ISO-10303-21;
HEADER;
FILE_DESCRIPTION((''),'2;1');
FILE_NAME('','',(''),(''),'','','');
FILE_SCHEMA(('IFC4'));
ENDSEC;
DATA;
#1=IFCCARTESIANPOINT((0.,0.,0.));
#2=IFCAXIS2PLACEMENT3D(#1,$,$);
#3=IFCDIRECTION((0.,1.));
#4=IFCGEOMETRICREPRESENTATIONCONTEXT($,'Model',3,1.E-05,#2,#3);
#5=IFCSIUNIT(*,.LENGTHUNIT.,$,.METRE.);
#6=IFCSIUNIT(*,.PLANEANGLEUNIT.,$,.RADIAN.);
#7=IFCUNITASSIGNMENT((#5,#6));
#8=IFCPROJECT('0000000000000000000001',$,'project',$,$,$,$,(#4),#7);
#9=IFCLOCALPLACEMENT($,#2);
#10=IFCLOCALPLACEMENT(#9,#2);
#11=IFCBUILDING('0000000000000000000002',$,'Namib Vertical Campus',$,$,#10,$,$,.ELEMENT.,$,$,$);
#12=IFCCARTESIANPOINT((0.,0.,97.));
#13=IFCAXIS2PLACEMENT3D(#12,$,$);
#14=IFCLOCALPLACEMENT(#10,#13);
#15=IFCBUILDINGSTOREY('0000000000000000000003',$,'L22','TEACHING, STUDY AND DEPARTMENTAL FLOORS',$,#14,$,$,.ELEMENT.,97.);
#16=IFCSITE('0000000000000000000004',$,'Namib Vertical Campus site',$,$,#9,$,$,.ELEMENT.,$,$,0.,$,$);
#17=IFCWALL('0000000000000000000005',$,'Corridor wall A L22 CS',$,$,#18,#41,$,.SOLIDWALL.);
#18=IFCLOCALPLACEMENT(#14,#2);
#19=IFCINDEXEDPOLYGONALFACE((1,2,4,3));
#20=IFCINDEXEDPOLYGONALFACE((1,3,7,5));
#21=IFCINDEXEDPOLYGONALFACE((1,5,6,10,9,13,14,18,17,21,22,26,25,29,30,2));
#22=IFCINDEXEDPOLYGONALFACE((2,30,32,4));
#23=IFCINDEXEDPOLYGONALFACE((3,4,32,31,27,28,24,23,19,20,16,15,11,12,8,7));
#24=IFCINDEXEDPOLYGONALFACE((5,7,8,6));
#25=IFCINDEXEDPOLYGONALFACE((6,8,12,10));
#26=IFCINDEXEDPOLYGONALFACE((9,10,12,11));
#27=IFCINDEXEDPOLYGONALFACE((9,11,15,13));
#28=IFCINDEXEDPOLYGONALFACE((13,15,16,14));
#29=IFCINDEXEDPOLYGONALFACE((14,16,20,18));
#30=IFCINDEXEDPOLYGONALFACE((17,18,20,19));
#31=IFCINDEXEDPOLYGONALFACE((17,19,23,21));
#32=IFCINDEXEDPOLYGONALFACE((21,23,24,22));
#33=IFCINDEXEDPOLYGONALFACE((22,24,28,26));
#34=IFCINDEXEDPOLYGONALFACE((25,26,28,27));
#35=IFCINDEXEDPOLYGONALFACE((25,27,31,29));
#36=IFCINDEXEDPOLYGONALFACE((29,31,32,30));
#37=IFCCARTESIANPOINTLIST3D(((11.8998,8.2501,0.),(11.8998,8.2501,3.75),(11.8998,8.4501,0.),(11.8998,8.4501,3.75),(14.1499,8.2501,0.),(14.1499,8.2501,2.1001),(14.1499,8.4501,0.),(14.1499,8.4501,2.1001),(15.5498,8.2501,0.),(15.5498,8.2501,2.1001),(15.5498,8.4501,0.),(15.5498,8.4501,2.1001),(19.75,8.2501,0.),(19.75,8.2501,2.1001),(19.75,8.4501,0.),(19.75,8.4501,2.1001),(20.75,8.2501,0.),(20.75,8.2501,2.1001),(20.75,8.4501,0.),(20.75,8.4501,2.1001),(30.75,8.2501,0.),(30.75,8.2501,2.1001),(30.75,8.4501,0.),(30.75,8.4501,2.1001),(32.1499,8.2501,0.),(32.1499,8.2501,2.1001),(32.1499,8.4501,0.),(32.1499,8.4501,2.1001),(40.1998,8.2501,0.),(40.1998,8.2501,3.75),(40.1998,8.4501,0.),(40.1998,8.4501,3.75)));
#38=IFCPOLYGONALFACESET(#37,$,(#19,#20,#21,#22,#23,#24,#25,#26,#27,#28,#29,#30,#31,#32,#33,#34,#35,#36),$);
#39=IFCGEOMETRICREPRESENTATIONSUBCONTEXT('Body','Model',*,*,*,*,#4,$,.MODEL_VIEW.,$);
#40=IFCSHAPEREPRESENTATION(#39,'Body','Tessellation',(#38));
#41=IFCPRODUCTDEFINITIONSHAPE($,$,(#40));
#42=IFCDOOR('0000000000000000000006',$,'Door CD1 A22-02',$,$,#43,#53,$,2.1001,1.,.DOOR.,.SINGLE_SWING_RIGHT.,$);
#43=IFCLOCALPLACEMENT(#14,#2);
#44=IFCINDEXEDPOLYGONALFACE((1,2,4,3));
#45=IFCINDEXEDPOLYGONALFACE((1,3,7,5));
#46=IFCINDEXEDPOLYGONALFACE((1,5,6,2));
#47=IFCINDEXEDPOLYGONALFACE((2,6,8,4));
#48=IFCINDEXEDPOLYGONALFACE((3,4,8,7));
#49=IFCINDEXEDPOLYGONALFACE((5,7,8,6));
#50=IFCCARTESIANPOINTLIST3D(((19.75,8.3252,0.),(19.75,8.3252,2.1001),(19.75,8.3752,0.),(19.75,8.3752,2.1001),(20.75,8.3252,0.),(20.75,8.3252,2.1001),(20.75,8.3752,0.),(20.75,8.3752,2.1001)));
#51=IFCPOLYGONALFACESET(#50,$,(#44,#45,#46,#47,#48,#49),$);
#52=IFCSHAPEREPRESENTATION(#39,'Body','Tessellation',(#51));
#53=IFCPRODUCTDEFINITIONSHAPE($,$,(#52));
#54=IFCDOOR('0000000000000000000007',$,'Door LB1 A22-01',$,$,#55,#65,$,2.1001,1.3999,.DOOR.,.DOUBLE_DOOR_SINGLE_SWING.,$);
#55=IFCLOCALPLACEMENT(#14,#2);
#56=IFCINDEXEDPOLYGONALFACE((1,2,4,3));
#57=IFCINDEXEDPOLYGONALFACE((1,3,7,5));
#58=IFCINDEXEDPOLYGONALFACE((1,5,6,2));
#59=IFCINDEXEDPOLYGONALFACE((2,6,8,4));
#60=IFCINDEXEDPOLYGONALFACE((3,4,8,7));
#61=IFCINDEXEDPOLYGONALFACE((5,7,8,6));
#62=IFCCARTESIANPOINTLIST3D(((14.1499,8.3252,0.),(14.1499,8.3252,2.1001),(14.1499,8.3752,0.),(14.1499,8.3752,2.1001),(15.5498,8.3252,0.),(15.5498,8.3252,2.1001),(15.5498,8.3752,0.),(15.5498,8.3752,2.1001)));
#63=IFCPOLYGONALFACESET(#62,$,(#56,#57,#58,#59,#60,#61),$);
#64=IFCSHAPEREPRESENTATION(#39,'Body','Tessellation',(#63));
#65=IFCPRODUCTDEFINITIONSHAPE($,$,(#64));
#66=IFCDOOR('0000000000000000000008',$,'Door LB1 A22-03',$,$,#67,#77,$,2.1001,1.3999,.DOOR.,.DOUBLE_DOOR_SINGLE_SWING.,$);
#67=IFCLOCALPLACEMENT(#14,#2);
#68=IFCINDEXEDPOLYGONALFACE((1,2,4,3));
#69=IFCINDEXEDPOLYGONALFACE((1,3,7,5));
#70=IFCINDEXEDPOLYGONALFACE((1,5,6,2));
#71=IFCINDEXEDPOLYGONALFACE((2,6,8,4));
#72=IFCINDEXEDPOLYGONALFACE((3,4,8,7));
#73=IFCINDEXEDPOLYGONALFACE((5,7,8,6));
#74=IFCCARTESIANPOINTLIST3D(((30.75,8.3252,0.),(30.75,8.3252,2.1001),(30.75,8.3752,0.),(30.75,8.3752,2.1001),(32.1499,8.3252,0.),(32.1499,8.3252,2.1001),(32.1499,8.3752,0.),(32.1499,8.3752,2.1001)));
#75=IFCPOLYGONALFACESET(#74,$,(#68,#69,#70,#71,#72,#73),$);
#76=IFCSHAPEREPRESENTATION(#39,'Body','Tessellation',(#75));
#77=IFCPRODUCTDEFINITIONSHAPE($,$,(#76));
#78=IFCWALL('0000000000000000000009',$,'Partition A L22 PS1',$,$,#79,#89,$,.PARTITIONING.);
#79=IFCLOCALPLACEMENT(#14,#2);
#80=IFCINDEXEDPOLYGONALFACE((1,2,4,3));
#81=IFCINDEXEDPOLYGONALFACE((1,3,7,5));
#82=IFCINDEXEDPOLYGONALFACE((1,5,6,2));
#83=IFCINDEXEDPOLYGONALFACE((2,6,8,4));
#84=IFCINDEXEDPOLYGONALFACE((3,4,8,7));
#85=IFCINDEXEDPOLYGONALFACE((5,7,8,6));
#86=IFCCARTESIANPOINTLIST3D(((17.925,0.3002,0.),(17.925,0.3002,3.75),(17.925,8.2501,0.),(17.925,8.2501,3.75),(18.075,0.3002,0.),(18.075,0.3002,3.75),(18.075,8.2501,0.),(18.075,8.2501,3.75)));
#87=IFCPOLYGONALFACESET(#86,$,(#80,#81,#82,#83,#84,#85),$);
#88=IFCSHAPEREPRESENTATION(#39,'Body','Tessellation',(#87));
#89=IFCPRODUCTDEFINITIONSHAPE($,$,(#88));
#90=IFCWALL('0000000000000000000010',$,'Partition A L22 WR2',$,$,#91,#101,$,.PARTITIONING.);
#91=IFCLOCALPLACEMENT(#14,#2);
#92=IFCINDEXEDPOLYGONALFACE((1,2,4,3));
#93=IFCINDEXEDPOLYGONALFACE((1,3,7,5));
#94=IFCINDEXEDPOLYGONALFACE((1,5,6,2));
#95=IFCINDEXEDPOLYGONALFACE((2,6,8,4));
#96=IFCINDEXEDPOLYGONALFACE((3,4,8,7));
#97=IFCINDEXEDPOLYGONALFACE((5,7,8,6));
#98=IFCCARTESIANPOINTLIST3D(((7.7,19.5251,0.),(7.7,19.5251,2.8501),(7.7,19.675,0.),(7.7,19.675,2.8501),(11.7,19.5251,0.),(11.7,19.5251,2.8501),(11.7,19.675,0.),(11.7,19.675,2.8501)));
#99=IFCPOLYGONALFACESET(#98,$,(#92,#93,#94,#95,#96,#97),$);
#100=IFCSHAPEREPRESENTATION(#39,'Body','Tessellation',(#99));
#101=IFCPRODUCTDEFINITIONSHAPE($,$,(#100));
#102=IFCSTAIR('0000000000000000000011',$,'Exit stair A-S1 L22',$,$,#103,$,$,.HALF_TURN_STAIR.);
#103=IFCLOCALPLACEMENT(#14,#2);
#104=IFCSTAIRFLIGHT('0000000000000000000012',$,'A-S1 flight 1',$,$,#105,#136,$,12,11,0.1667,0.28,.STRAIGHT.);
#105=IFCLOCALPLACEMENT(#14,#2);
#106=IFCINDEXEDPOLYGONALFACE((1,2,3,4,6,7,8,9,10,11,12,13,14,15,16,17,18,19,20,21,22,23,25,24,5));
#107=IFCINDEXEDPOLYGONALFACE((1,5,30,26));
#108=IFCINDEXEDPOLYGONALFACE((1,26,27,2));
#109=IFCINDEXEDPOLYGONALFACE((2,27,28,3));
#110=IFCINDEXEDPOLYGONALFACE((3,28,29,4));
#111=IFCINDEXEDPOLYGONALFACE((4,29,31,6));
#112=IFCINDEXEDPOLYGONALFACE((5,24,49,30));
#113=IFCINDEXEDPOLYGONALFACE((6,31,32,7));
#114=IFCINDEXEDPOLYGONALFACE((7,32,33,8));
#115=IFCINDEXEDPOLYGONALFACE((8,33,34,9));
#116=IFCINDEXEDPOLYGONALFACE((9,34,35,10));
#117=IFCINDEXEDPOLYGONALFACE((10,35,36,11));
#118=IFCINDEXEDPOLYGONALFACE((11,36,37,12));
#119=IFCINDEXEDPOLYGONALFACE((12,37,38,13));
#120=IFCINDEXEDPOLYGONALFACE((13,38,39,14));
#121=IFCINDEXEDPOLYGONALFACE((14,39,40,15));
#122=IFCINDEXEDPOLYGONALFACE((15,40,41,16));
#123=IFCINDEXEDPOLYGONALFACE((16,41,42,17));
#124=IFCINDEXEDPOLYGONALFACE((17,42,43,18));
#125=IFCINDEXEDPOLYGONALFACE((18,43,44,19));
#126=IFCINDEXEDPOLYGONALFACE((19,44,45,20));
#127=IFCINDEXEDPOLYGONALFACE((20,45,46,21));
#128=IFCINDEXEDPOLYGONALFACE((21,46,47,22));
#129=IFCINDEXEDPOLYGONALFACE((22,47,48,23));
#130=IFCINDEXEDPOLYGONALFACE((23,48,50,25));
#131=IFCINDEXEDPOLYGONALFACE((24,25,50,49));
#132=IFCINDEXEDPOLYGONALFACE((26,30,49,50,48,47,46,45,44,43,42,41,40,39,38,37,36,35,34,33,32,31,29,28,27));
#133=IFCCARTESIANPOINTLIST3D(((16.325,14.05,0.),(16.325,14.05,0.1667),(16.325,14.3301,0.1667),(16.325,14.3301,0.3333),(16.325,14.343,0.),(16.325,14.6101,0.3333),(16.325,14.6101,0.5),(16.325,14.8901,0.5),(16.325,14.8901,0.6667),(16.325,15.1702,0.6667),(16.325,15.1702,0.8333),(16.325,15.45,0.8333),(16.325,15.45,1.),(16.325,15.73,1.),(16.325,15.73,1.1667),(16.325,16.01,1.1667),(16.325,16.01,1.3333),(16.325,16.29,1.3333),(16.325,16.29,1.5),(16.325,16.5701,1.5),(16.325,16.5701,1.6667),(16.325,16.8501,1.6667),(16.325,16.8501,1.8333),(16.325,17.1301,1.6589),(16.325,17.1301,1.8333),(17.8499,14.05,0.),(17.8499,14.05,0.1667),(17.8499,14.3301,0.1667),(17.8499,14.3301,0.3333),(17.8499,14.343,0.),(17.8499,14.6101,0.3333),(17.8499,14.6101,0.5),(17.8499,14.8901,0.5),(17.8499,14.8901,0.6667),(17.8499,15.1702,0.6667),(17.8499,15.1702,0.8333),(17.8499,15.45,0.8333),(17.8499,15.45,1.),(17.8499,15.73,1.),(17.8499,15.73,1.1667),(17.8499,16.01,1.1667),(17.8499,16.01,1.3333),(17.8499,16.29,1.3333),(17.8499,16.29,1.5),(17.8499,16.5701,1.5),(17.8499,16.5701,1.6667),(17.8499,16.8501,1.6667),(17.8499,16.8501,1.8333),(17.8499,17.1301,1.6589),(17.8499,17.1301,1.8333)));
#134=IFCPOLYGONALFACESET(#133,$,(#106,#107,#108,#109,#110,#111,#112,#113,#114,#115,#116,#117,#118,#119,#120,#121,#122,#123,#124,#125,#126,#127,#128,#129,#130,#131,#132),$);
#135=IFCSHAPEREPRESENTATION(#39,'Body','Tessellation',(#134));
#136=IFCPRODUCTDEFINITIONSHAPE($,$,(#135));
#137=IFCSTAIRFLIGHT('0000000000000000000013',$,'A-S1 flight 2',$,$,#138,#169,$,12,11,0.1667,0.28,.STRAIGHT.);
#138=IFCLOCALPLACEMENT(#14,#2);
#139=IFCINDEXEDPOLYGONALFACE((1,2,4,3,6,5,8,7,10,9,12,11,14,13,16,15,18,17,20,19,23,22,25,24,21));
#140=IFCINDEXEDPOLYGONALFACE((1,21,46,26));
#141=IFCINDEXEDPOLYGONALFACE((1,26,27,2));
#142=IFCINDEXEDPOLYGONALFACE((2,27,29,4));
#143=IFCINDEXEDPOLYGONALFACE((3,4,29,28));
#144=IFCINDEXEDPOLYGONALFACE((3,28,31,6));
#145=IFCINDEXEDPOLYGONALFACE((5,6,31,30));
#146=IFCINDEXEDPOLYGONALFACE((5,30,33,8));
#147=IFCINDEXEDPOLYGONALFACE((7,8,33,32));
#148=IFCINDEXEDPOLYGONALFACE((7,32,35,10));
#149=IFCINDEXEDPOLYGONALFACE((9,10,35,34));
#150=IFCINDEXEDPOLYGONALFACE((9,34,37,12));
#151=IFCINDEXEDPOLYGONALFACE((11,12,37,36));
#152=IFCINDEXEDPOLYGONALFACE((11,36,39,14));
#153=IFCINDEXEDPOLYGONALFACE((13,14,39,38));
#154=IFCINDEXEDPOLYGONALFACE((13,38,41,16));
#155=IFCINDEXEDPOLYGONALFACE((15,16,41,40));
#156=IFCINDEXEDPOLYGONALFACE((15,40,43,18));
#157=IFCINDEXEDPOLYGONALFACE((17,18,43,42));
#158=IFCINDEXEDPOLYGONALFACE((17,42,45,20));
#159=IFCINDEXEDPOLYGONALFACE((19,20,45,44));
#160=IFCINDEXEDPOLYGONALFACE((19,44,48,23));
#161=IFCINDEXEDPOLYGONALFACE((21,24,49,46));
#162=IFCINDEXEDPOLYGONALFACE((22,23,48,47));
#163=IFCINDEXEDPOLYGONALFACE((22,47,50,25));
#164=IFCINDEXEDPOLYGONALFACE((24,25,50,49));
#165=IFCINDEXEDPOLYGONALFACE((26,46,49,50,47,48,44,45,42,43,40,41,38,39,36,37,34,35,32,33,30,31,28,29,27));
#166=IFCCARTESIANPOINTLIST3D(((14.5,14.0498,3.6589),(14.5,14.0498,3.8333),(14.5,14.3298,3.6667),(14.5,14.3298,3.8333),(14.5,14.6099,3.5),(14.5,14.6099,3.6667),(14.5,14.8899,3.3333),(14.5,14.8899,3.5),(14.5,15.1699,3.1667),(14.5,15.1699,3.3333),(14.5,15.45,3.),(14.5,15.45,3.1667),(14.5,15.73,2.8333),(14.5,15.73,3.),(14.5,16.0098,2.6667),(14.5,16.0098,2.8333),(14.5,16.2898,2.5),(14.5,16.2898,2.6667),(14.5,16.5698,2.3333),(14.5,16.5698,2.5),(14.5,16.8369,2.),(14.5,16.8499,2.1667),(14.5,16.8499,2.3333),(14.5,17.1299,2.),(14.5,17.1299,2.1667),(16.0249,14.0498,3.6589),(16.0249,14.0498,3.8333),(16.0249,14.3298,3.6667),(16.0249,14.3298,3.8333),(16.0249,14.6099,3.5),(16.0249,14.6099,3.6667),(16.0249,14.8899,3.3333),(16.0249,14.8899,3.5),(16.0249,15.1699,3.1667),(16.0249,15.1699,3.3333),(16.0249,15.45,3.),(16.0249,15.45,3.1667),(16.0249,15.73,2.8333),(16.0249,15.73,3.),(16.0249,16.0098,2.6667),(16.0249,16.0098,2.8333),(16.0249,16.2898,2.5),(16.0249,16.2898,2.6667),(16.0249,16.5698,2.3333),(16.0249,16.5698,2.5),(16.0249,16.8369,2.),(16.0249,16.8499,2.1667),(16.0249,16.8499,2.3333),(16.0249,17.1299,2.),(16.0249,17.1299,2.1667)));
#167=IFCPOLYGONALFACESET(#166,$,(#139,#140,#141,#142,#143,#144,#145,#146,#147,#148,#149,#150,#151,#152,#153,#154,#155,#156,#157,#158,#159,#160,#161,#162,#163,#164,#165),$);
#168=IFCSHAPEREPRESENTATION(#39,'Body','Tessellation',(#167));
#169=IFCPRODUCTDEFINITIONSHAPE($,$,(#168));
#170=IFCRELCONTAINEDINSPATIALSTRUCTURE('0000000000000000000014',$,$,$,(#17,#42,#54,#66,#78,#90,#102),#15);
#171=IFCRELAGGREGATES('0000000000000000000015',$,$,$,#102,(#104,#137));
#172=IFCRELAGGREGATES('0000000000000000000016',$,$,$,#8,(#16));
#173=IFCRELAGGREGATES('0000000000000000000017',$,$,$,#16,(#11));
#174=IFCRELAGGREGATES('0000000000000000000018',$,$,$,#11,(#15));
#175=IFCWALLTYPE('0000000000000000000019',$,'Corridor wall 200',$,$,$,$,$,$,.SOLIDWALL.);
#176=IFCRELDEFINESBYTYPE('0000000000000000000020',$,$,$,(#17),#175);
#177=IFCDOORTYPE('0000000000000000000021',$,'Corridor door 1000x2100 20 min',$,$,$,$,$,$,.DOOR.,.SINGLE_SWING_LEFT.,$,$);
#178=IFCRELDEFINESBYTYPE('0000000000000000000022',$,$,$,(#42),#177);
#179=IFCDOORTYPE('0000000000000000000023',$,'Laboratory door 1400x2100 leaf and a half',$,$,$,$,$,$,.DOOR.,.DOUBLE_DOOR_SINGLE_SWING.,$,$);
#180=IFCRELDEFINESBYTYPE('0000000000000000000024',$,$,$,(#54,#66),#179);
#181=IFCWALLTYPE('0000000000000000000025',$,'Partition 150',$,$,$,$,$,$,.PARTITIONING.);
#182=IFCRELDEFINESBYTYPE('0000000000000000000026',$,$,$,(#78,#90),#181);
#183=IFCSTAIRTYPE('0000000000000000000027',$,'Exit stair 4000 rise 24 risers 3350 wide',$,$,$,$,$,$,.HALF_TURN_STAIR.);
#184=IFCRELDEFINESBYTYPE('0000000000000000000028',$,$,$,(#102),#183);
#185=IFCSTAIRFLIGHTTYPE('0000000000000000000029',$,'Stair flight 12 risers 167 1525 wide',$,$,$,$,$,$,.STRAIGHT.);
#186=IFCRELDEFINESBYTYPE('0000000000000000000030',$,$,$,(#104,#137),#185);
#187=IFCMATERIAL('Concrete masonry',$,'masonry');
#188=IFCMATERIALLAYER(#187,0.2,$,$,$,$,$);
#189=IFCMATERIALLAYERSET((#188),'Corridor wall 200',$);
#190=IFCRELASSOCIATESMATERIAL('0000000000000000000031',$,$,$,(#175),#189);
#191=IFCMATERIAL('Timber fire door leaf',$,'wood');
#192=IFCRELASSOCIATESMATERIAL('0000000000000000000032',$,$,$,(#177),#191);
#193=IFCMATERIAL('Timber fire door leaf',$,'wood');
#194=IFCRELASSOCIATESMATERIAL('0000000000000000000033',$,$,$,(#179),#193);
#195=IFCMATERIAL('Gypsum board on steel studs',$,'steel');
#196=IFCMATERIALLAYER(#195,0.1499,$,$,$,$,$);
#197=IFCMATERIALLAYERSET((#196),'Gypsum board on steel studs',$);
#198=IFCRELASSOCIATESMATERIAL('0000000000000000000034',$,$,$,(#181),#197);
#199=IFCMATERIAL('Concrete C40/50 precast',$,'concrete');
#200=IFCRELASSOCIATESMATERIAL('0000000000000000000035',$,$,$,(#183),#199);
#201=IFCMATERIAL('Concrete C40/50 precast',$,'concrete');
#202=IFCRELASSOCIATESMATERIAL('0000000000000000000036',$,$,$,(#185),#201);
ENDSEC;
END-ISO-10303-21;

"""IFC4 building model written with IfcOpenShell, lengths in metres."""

from ifc_helpers import new_model, si_unit, direction, frame, frame_2d, origin, place, context, subcontext, project, spatial, polyline, rectangle, outline, extrude, material, layer, layer_set, type_object, element, fill, aggregate, save


model = new_model("IFC4")

# Units and contexts
model_context = context("Model", 3, precision=1e-05, world=origin(), true_north=direction((0.0, 1.0)))
body_context = subcontext(model_context, "Body", "Model", "MODEL_VIEW")
ifc_project = project(units=[si_unit("LENGTHUNIT", "METRE"), si_unit("PLANEANGLEUNIT", "RADIAN")], contexts=[model_context])

# Site, building, storey
site_placement = place(None, origin())
site = spatial("IfcSite", under=ifc_project, at=site_placement, Name="Namib Vertical Campus site", CompositionType="ELEMENT", RefElevation=0.0)
building_placement = place(site_placement, origin())
building = spatial("IfcBuilding", under=site, at=building_placement, Name="Namib Vertical Campus", CompositionType="ELEMENT")
storey_placement = place(building_placement, frame((0.0, 0.0, 97.0)))
storey = spatial("IfcBuildingStorey", under=building, at=storey_placement, Name="L22", Description="TEACHING, STUDY AND DEPARTMENTAL FLOORS", CompositionType="ELEMENT", Elevation=97.0)

# Wall, openings, doors
ifc_material_1 = material(Name="Concrete masonry", Category="masonry")
ifc_layer_1 = layer(ifc_material_1, 0.2)
ifc_layer_set_1 = layer_set([ifc_layer_1], Name="Corridor wall 200")
wall_type_1 = type_object("IfcWallType", Name="Corridor wall 200", PredefinedType="SOLIDWALL", material=ifc_layer_set_1)
wall_1_placement = place(storey_placement, frame((11.8999, 8.3501, 0.0), z_axis=(0.0, 0.0, 1.0), x_axis=(1.0, 0.0, 0.0)))
wall_1 = element("IfcWall", 1, at=wall_1_placement, inside=storey, type_object=wall_type_1, Name="Corridor wall A L22 CS", PredefinedType="SOLIDWALL", context=body_context, shape_type="SweptSolid", body=[
    extrude(rectangle(XDim=28.3, YDim=0.2, at=frame_2d((14.1499, 0.0))), origin(), (0.0, 0.0, 1.0), 3.75),
])
opening_1_placement = place(wall_1_placement, frame((2.25, 0.0, 0.0)))
opening_1 = element("IfcOpeningElement", 2, at=opening_1_placement, cuts=wall_1, PredefinedType="OPENING", context=body_context, shape_type="SweptSolid", body=[
    extrude(rectangle(XDim=1.3999, YDim=2.1001, at=frame_2d((0.7, 1.05))), frame((0.0, 0.1099, 0.0), z_axis=(0.0, -1.0, 0.0), x_axis=(1.0, 0.0, 0.0)), (0.0, 0.0, 1.0), 0.22),
])
opening_2_placement = place(wall_1_placement, frame((7.8501, 0.0, 0.0)))
opening_2 = element("IfcOpeningElement", 3, at=opening_2_placement, cuts=wall_1, PredefinedType="OPENING", context=body_context, shape_type="SweptSolid", body=[
    extrude(rectangle(XDim=1.0, YDim=2.1001, at=frame_2d((0.5, 1.05))), frame((0.0, 0.1099, 0.0), z_axis=(0.0, -1.0, 0.0), x_axis=(1.0, 0.0, 0.0)), (0.0, 0.0, 1.0), 0.22),
])
opening_3_placement = place(wall_1_placement, frame((18.8501, 0.0, 0.0)))
opening_3 = element("IfcOpeningElement", 4, at=opening_3_placement, cuts=wall_1, PredefinedType="OPENING", context=body_context, shape_type="SweptSolid", body=[
    extrude(rectangle(XDim=1.3999, YDim=2.1001, at=frame_2d((0.7, 1.05))), frame((0.0, 0.1099, 0.0), z_axis=(0.0, -1.0, 0.0), x_axis=(1.0, 0.0, 0.0)), (0.0, 0.0, 1.0), 0.22),
])
ifc_material_2 = material(Name="Timber fire door leaf", Category="wood")
door_type_1 = type_object("IfcDoorType", Name="Corridor door 1000x2100 20 min", OperationType="SINGLE_SWING_LEFT", PredefinedType="DOOR", material=ifc_material_2)
door_1_placement = place(opening_2_placement, frame((1.0, 0.0, 0.0), z_axis=(0.0, 0.0, 1.0), x_axis=(-1.0, 0.0, 0.0)))
door_1 = element("IfcDoor", 5, at=door_1_placement, inside=storey, type_object=door_type_1, Name="Door CD1 A22-02", OperationType="SINGLE_SWING_RIGHT", OverallHeight=2.1001, OverallWidth=1.0, PredefinedType="DOOR", context=body_context, shape_type="SweptSolid", body=[
    extrude(rectangle(XDim=1.0, YDim=2.1001, at=frame_2d((0.5, 1.05))), frame((0.0, 0.0249, 0.0), z_axis=(0.0, -1.0, 0.0), x_axis=(1.0, 0.0, 0.0)), (0.0, 0.0, 1.0), 0.05),
])
fill(opening_2, door_1)
ifc_material_3 = material(Name="Timber fire door leaf", Category="wood")
door_type_2 = type_object("IfcDoorType", Name="Laboratory door 1400x2100 leaf and a half", OperationType="DOUBLE_DOOR_SINGLE_SWING", PredefinedType="DOOR", material=ifc_material_3)
door_2_placement = place(opening_1_placement, frame((1.3999, 0.0, 0.0), z_axis=(0.0, 0.0, 1.0), x_axis=(-1.0, 0.0, 0.0)))
door_2 = element("IfcDoor", 6, at=door_2_placement, inside=storey, type_object=door_type_2, Name="Door LB1 A22-01", OperationType="DOUBLE_DOOR_SINGLE_SWING", OverallHeight=2.1001, OverallWidth=1.3999, PredefinedType="DOOR", context=body_context, shape_type="SweptSolid", body=[
    extrude(rectangle(XDim=1.3999, YDim=2.1001, at=frame_2d((0.7, 1.05))), frame((0.0, 0.0249, 0.0), z_axis=(0.0, -1.0, 0.0), x_axis=(1.0, 0.0, 0.0)), (0.0, 0.0, 1.0), 0.05),
])
fill(opening_1, door_2)
door_3_placement = place(opening_3_placement, frame((1.3999, 0.0, 0.0), z_axis=(0.0, 0.0, 1.0), x_axis=(-1.0, 0.0, 0.0)))
door_3 = element("IfcDoor", 7, at=door_3_placement, inside=storey, type_object=door_type_2, Name="Door LB1 A22-03", OperationType="DOUBLE_DOOR_SINGLE_SWING", OverallHeight=2.1001, OverallWidth=1.3999, PredefinedType="DOOR", context=body_context, shape_type="SweptSolid", body=[
    extrude(rectangle(XDim=1.3999, YDim=2.1001, at=frame_2d((0.7, 1.05))), frame((0.0, 0.0249, 0.0), z_axis=(0.0, -1.0, 0.0), x_axis=(1.0, 0.0, 0.0)), (0.0, 0.0, 1.0), 0.05),
])
fill(opening_3, door_3)

# Walls
ifc_material_4 = material(Name="Gypsum board on steel studs", Category="steel")
ifc_layer_2 = layer(ifc_material_4, 0.1499)
ifc_layer_set_2 = layer_set([ifc_layer_2], Name="Gypsum board on steel studs")
wall_type_2 = type_object("IfcWallType", Name="Partition 150", PredefinedType="PARTITIONING", material=ifc_layer_set_2)
wall_2_placement = place(storey_placement, frame((18.0, 0.3, 0.0), z_axis=(0.0, 0.0, 1.0), x_axis=(0.0, 1.0, 0.0)))
element("IfcWall", 8, at=wall_2_placement, inside=storey, type_object=wall_type_2, Name="Partition A L22 PS1", PredefinedType="PARTITIONING", context=body_context, shape_type="SweptSolid", body=[
    extrude(rectangle(XDim=7.95, YDim=0.1499, at=frame_2d((3.9751, 0.0))), origin(), (0.0, 0.0, 1.0), 3.75),
])
wall_3_placement = place(storey_placement, frame((11.7, 19.6001, 0.0), z_axis=(0.0, 0.0, 1.0), x_axis=(-1.0, 0.0, 0.0)))
element("IfcWall", 9, at=wall_3_placement, inside=storey, type_object=wall_type_2, Name="Partition A L22 WR2", PredefinedType="PARTITIONING", context=body_context, shape_type="SweptSolid", body=[
    extrude(rectangle(XDim=4.0, YDim=0.1499, at=frame_2d((2.0, 0.0))), origin(), (0.0, 0.0, 1.0), 2.8501),
])

# Stair, stair flights
ifc_material_5 = material(Name="Concrete C40/50 precast", Category="concrete")
stair_type = type_object("IfcStairType", Name="Exit stair 4000 rise 24 risers 3350 wide", PredefinedType="HALF_TURN_STAIR", material=ifc_material_5)
stair_placement = place(storey_placement, origin())
stair = element("IfcStair", 10, at=stair_placement, inside=storey, type_object=stair_type, Name="Exit stair A-S1 L22", PredefinedType="HALF_TURN_STAIR")
ifc_material_6 = material(Name="Concrete C40/50 precast", Category="concrete")
stair_flight_type = type_object("IfcStairFlightType", Name="Stair flight 12 risers 167 1525 wide", PredefinedType="STRAIGHT", material=ifc_material_6)
stair_flight_1_placement = place(storey_placement, frame((17.0874, 14.05, 0.0), z_axis=(0.0, 0.0, 1.0), x_axis=(0.0, 1.0, 0.0)))
stair_flight_1 = element("IfcStairFlight", 11, at=stair_flight_1_placement, type_object=stair_flight_type, Name="A-S1 flight 1", NumberOfRisers=12, NumberOfTreads=11, PredefinedType="STRAIGHT", RiserHeight=0.1667, TreadLength=0.28, context=body_context, shape_type="SweptSolid", body=[
    extrude(outline(polyline([(0.0, 0.0), (0.0, 0.1667), (0.28, 0.1667), (0.28, 0.3333), (0.5601, 0.3333), (0.5601, 0.5), (0.8401, 0.5), (0.8401, 0.6667), (1.1201, 0.6667), (1.1201, 0.8333), (1.3999, 0.8333), (1.3999, 1.0), (1.6799, 1.0), (1.6799, 1.1667), (1.96, 1.1667), (1.96, 1.3333), (2.24, 1.3333), (2.24, 1.5), (2.52, 1.5), (2.52, 1.6667), (2.8, 1.6667), (2.8, 1.8333), (3.0801, 1.8333), (3.0801, 2.0), (3.0801, 1.6589), (0.293, 0.0), (0.0, 0.0)])), frame((0.0, 0.7625, 0.0), z_axis=(0.0, -1.0, 0.0), x_axis=(1.0, 0.0, 0.0)), (0.0, 0.0, 1.0), 1.5249),
])
stair_flight_2_placement = place(storey_placement, frame((15.2625, 17.1299, 2.0), z_axis=(0.0, 0.0, 1.0), x_axis=(0.0, -1.0, 0.0)))
stair_flight_2 = element("IfcStairFlight", 12, at=stair_flight_2_placement, type_object=stair_flight_type, Name="A-S1 flight 2", NumberOfRisers=12, NumberOfTreads=11, PredefinedType="STRAIGHT", RiserHeight=0.1667, TreadLength=0.28, context=body_context, shape_type="SweptSolid", body=[
    extrude(outline(polyline([(0.0, 0.0), (0.0, 0.1667), (0.28, 0.1667), (0.28, 0.3333), (0.5601, 0.3333), (0.5601, 0.5), (0.8401, 0.5), (0.8401, 0.6667), (1.1201, 0.6667), (1.1201, 0.8333), (1.3999, 0.8333), (1.3999, 1.0), (1.6799, 1.0), (1.6799, 1.1667), (1.96, 1.1667), (1.96, 1.3333), (2.24, 1.3333), (2.24, 1.5), (2.52, 1.5), (2.52, 1.6667), (2.8, 1.6667), (2.8, 1.8333), (3.0801, 1.8333), (3.0801, 2.0), (3.0801, 1.6589), (0.293, 0.0), (0.0, 0.0)])), frame((0.0, 0.7625, 0.0), z_axis=(0.0, -1.0, 0.0), x_axis=(1.0, 0.0, 0.0)), (0.0, 0.0, 1.0), 1.5249),
])
aggregate(stair, [stair_flight_1, stair_flight_2])

save(model, "model.ifc")
